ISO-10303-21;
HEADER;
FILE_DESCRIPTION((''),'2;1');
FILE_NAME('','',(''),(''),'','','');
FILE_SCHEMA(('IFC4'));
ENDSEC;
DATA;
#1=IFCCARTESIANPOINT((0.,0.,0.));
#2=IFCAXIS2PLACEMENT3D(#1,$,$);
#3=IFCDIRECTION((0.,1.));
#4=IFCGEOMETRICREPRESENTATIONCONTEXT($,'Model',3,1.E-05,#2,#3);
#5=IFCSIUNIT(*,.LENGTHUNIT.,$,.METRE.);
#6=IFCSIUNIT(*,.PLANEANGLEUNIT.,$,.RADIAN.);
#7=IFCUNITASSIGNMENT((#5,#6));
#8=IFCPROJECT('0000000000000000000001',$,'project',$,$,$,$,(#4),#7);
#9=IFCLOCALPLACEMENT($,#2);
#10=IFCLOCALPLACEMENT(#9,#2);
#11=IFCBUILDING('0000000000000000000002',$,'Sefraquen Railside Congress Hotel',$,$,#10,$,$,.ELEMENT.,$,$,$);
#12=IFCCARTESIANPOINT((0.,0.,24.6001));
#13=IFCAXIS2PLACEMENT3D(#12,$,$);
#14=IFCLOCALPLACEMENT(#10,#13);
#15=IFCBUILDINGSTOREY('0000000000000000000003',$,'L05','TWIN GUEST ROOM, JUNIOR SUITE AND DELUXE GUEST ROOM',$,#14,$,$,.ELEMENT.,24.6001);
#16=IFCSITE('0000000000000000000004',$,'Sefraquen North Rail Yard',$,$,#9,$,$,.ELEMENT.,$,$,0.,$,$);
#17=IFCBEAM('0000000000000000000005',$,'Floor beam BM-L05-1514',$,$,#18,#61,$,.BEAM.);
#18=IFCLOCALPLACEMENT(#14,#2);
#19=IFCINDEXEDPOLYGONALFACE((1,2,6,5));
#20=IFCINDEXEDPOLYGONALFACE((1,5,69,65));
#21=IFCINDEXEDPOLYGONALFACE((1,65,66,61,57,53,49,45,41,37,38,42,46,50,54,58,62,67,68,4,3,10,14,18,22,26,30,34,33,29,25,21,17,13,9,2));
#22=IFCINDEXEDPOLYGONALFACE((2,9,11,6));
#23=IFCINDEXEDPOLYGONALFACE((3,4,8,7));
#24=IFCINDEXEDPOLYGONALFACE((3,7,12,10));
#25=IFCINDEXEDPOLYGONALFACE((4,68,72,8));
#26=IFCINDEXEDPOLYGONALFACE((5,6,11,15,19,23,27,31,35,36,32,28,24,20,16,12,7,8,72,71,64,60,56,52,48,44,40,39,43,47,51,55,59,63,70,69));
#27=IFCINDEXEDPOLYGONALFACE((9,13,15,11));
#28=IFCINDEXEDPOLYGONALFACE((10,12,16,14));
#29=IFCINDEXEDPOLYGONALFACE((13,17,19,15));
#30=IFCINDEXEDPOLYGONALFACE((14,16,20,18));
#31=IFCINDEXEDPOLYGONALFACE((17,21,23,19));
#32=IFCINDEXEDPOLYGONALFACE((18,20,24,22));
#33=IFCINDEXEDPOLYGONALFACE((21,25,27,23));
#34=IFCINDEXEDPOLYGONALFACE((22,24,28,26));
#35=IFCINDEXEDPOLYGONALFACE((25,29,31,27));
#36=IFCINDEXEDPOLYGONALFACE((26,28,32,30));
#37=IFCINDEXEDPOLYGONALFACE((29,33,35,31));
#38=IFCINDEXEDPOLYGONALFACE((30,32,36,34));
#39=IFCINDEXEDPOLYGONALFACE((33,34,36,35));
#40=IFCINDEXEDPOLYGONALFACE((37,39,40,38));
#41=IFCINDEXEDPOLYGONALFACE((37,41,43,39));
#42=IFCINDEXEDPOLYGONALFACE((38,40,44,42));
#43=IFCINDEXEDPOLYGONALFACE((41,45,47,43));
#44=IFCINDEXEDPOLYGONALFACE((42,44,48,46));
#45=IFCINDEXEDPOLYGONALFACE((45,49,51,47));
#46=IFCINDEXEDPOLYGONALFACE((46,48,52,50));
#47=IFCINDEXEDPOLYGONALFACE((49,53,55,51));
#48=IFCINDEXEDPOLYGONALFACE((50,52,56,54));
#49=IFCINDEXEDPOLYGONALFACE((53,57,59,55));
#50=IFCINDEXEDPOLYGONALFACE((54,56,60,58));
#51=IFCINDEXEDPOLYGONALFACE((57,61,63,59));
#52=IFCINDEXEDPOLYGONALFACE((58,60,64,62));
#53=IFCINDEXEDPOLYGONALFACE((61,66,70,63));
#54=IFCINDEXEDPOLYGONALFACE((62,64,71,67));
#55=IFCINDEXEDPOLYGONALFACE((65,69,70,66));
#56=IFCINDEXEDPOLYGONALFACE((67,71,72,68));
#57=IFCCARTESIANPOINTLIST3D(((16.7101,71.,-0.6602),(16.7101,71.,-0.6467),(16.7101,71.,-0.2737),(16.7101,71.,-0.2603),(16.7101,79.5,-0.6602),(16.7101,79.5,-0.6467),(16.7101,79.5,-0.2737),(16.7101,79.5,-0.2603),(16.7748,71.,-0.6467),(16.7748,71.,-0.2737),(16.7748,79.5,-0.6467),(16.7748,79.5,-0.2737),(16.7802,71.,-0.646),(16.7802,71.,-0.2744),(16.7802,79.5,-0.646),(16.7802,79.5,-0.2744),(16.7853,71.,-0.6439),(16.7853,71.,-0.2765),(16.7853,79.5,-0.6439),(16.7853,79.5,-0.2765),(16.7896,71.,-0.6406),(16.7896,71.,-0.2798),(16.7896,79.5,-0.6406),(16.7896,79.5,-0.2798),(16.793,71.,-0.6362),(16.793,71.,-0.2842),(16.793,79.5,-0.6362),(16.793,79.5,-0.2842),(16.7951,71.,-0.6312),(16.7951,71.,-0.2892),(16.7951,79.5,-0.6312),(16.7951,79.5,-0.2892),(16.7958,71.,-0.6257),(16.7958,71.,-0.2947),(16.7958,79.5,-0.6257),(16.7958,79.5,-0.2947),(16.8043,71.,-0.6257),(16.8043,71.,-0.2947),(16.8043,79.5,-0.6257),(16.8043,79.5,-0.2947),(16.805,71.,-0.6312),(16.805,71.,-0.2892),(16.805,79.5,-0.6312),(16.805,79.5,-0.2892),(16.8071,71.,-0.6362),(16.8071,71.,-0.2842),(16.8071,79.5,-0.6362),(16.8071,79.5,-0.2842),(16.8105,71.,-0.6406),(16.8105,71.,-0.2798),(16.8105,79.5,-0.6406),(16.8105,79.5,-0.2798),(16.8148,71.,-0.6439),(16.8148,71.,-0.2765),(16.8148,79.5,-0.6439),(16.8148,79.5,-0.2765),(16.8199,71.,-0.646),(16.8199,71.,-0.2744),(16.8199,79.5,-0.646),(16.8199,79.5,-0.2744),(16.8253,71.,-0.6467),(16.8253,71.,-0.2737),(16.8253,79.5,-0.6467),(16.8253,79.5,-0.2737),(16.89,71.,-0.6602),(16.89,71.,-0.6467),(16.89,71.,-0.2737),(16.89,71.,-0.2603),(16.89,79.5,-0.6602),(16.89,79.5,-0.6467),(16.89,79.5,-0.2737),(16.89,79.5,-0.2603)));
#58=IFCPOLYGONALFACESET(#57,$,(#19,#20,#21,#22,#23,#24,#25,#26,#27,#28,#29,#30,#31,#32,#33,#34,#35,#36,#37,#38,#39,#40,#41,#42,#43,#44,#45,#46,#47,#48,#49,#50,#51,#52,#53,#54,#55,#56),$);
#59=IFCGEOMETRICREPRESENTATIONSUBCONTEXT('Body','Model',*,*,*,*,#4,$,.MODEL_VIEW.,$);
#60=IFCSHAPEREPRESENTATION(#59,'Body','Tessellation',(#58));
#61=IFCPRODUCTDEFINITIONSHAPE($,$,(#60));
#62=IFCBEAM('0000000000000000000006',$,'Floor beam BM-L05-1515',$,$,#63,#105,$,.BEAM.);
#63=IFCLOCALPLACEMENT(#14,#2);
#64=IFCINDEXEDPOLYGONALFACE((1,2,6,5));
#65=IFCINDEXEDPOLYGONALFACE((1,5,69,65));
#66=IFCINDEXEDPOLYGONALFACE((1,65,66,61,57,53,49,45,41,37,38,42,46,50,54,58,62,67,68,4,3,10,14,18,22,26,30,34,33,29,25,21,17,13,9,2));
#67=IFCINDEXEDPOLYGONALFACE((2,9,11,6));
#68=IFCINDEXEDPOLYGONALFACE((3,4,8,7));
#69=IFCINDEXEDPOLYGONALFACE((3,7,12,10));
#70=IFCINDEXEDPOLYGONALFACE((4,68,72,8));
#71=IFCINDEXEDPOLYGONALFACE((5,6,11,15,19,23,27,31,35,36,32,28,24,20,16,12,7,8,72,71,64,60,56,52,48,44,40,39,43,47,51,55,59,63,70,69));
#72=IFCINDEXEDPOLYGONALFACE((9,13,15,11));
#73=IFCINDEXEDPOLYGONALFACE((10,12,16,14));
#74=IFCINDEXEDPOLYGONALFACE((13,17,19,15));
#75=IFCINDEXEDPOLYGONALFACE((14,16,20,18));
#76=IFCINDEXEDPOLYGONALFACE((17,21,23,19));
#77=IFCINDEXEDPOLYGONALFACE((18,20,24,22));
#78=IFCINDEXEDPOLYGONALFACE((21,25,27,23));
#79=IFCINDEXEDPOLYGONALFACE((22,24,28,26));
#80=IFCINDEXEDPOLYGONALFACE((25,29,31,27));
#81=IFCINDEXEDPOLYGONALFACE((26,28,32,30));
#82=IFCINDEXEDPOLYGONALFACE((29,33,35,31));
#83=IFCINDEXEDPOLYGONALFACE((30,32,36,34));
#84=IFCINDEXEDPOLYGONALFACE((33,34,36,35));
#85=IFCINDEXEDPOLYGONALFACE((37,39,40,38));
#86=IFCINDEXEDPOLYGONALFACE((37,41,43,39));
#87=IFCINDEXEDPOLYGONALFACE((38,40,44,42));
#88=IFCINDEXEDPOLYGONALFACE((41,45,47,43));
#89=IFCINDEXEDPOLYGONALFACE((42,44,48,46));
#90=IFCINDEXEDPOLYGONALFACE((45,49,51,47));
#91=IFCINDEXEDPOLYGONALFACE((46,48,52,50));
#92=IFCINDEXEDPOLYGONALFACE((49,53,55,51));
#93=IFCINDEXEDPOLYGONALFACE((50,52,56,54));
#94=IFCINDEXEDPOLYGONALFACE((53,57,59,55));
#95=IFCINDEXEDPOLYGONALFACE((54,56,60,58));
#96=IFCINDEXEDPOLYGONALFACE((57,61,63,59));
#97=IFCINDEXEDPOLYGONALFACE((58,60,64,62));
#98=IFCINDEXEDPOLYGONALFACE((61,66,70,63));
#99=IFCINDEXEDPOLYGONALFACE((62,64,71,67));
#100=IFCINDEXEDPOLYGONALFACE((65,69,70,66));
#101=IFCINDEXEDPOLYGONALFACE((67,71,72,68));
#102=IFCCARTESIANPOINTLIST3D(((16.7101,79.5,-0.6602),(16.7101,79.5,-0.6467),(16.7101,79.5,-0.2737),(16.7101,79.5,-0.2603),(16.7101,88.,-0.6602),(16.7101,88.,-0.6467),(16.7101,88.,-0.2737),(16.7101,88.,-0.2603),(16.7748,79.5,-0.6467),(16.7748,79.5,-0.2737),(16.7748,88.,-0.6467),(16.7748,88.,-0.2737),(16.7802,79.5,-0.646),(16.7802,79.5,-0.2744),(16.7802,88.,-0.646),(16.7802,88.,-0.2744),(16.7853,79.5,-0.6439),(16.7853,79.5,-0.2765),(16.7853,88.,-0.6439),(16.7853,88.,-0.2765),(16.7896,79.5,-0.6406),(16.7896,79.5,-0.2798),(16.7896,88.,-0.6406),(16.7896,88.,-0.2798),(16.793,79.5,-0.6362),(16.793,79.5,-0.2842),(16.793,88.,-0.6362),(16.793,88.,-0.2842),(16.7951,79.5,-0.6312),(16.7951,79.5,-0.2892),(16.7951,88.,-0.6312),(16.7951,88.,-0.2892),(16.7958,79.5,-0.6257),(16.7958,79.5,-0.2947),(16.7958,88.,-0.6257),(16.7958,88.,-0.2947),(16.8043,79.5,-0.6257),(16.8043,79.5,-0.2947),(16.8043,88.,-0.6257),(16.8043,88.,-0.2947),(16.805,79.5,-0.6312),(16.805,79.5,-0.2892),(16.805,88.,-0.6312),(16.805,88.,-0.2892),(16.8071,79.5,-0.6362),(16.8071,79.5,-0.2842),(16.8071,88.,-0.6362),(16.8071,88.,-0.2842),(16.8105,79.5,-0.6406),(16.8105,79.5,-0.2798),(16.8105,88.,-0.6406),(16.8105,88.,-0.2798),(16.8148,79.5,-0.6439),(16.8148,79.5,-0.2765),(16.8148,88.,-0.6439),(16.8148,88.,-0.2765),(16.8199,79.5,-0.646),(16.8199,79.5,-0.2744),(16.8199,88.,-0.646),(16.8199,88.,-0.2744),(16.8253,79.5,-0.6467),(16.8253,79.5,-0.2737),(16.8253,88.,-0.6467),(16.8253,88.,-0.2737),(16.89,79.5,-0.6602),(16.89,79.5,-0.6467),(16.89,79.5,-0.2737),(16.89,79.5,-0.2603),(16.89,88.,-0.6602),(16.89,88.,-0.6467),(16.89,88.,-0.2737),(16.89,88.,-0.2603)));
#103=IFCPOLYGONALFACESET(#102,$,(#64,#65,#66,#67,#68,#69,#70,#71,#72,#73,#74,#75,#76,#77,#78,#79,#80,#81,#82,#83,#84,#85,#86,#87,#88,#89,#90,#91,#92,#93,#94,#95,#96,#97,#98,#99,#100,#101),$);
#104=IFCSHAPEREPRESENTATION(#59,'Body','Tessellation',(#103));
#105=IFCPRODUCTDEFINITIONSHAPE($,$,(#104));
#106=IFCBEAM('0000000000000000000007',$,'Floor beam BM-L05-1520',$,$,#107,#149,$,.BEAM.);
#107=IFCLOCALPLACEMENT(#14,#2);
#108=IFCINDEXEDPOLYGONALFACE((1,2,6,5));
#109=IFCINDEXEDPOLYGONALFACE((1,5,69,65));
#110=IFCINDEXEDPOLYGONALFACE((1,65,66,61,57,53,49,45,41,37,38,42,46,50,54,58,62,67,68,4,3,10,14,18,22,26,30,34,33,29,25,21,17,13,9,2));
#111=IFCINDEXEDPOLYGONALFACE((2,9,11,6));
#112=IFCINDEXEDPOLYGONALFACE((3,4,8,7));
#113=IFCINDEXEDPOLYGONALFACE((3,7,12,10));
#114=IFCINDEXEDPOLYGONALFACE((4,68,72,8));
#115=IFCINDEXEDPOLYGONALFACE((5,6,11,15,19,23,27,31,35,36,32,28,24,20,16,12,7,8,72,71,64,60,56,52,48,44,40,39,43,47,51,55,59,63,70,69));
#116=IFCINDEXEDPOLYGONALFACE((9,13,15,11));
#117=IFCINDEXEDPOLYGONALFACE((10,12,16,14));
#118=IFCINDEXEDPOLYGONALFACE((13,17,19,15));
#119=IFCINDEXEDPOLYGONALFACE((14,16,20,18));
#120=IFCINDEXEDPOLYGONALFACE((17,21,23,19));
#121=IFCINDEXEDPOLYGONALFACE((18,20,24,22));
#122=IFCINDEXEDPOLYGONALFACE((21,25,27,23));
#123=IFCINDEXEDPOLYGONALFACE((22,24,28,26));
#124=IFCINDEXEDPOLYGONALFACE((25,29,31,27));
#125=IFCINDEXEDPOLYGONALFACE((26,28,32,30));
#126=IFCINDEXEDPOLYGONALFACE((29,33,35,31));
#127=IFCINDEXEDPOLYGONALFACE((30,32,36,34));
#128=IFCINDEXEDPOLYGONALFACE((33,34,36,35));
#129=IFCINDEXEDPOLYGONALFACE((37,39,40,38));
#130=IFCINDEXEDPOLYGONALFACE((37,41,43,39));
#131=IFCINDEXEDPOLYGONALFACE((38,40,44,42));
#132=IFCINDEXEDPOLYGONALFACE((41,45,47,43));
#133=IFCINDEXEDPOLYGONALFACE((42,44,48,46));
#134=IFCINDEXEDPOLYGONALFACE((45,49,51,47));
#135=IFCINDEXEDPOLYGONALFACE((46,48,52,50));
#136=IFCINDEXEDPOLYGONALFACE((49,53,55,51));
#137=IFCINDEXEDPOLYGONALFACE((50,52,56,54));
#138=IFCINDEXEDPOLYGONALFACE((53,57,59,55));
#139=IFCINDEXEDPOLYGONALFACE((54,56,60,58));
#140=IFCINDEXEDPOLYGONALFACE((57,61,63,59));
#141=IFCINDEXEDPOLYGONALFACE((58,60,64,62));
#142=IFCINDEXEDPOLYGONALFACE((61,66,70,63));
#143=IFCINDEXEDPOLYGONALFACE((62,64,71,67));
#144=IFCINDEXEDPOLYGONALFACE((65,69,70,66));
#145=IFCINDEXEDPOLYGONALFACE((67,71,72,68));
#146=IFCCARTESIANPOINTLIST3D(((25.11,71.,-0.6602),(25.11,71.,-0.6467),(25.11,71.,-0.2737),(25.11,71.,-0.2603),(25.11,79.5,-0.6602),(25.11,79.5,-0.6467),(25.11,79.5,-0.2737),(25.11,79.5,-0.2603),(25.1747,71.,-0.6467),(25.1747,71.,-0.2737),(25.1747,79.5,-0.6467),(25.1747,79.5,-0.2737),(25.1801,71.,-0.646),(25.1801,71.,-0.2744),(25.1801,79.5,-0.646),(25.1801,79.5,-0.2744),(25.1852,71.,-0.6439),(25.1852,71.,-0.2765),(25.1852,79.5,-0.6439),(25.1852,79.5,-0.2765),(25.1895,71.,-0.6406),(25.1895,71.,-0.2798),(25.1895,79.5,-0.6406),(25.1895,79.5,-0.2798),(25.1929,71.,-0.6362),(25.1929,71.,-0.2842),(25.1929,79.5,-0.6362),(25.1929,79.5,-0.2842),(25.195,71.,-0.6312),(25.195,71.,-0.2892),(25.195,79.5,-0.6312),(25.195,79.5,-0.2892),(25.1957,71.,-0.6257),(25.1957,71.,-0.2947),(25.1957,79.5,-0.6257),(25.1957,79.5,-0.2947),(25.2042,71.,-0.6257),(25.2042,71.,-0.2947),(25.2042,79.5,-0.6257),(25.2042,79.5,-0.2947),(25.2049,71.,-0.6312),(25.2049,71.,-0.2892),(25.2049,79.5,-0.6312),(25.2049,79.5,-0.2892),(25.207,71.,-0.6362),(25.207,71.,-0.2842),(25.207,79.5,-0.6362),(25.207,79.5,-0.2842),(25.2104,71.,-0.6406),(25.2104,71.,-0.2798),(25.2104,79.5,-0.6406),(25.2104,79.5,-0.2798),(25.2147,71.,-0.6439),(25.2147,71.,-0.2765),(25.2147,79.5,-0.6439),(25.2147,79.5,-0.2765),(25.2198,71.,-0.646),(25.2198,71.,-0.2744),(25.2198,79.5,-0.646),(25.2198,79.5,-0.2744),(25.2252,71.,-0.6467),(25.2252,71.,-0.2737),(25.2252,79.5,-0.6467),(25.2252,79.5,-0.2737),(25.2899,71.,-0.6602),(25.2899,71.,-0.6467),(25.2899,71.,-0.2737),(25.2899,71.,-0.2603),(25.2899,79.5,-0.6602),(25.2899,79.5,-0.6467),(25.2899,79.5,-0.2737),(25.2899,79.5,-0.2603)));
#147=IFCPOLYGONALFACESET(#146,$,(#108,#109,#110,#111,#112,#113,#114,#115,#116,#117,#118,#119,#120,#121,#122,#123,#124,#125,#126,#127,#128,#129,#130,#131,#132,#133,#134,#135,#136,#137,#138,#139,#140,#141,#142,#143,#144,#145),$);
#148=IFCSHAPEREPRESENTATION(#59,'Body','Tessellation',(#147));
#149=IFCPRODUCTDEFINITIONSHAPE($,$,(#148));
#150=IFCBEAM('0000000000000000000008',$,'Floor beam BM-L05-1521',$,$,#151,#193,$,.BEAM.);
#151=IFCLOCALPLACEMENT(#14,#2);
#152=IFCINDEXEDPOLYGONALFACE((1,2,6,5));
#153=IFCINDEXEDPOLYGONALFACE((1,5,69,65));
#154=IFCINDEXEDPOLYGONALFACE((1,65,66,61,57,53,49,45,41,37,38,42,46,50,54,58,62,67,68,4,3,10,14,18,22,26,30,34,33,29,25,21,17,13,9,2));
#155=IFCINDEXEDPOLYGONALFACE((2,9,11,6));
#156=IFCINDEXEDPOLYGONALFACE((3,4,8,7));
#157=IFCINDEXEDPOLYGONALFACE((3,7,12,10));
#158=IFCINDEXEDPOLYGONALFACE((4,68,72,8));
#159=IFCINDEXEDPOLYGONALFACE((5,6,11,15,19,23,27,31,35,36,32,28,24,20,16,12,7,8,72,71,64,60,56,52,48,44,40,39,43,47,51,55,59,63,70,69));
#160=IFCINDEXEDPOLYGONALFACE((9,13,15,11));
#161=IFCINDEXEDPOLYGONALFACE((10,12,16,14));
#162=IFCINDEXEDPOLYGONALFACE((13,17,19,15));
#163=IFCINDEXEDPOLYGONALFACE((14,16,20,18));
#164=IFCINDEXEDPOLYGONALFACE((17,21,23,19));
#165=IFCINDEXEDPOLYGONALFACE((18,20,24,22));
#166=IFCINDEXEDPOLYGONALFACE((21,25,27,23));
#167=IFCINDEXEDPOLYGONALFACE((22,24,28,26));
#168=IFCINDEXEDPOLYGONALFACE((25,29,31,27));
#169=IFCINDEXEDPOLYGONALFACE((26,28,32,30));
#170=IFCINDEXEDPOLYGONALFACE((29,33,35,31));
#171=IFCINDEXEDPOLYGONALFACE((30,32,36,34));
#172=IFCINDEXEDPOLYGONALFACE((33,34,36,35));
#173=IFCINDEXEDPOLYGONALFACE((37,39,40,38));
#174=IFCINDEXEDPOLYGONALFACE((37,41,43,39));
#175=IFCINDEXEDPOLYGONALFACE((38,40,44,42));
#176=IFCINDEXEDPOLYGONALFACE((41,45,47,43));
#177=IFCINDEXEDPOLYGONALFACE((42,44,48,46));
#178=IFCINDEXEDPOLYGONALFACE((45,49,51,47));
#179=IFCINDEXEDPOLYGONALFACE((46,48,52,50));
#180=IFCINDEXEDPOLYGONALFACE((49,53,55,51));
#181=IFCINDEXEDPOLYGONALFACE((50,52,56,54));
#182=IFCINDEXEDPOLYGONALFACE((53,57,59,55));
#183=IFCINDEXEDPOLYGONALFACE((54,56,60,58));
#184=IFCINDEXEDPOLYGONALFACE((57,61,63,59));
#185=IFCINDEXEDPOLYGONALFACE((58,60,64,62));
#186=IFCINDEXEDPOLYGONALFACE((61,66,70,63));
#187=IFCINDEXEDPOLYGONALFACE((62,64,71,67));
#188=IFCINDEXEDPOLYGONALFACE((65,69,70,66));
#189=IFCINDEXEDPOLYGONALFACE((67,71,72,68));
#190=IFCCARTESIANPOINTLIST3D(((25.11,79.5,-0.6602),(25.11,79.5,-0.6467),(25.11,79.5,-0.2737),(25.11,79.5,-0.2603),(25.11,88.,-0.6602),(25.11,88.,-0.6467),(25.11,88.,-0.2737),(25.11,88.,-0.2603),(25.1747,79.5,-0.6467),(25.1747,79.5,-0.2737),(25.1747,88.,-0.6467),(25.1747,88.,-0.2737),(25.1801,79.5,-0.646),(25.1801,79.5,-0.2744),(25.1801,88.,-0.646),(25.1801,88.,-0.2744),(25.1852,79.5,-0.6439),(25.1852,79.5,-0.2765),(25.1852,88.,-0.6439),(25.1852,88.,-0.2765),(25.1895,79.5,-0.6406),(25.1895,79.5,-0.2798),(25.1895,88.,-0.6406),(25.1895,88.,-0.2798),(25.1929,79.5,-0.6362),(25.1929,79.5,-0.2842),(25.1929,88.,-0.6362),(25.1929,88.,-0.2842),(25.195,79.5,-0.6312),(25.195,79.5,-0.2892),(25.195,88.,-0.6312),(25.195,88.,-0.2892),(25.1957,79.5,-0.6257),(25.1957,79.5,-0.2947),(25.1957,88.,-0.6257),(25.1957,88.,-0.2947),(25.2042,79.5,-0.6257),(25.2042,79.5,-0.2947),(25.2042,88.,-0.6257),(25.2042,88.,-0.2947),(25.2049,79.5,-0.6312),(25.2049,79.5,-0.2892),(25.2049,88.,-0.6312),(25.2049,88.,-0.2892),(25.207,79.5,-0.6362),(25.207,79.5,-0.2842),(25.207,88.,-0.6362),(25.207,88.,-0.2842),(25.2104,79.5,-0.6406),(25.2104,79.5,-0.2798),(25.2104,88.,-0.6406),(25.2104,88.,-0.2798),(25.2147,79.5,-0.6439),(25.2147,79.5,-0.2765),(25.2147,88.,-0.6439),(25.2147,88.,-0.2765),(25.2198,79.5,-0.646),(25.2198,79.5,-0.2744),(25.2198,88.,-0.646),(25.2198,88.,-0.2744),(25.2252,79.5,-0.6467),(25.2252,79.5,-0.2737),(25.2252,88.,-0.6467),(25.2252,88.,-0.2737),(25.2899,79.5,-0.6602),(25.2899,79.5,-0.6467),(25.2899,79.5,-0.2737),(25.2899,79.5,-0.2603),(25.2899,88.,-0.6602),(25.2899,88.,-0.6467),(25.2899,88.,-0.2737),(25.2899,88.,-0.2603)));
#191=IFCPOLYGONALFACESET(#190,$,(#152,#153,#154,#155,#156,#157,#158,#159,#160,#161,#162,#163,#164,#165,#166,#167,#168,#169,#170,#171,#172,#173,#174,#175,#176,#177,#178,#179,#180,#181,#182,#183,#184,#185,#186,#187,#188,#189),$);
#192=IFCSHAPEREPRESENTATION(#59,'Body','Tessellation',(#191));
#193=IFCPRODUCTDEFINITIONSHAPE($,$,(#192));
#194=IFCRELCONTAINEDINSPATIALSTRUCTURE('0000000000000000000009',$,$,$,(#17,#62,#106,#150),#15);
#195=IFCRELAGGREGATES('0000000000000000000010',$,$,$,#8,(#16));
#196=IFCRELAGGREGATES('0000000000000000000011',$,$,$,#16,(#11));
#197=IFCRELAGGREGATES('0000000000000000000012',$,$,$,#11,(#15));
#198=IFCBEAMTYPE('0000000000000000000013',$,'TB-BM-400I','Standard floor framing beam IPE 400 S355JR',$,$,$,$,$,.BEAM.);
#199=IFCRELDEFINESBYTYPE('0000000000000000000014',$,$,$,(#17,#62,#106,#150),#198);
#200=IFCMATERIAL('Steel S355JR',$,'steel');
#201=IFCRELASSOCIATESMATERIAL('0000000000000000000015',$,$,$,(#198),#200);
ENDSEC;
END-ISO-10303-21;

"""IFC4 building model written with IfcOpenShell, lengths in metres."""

from ifc_helpers import new_model, si_unit, direction, frame, origin, origin_2d, place, context, subcontext, project, spatial, i_section, extrude, material, material_profile, profile_set, type_object, element, save


model = new_model("IFC4")

# Units and contexts
model_context = context("Model", 3, precision=1e-05, world=origin(), true_north=direction((0.0, 1.0)))
body_context = subcontext(model_context, "Body", "Model", "MODEL_VIEW")
ifc_project = project(units=[si_unit("LENGTHUNIT", "METRE"), si_unit("PLANEANGLEUNIT", "RADIAN")], contexts=[model_context])

# Site, building, storey
site_placement = place(None, origin())
site = spatial("IfcSite", under=ifc_project, at=site_placement, Name="Sefraquen North Rail Yard", CompositionType="ELEMENT", RefElevation=0.0)
building_placement = place(site_placement, origin())
building = spatial("IfcBuilding", under=site, at=building_placement, Name="Sefraquen Railside Congress Hotel", CompositionType="ELEMENT")
storey_placement = place(building_placement, frame((0.0, 0.0, 24.6001)))
storey = spatial("IfcBuildingStorey", under=building, at=storey_placement, Name="L05", Description="TWIN GUEST ROOM, JUNIOR SUITE AND DELUXE GUEST ROOM", CompositionType="ELEMENT", Elevation=24.6001)

# Shared definitions
ifc_material_1 = material(Name="Steel S355JR", Category="steel")

# Beams
ifc_material_profile_1 = material_profile(ifc_material_1, i_section(OverallWidth=0.1799, OverallDepth=0.3999, WebThickness=0.0085, FlangeThickness=0.0134, FilletRadius=0.021, at=origin_2d()), Name="IPE 400")
ifc_profile_set_1 = profile_set([ifc_material_profile_1], Name="Steel S355JR")
beam_type_1 = type_object("IfcBeamType", Name="TB-BM-400I", Description="Standard floor framing beam IPE 400 S355JR", PredefinedType="BEAM", material=ifc_profile_set_1)
for number, where, z_axis, x_axis, name in (
    (1, (16.8, 71.0, -0.4602), (0.0, 1.0, 0.0), (-1.0, 0.0, 0.0), "Floor beam BM-L05-1514"),
    (2, (16.8, 79.5, -0.4602), (0.0, 1.0, 0.0), (-1.0, 0.0, 0.0), "Floor beam BM-L05-1515"),
    (3, (25.2, 71.0, -0.4602), (0.0, 1.0, 0.0), (-1.0, 0.0, 0.0), "Floor beam BM-L05-1520"),
    (4, (25.2, 79.5, -0.4602), (0.0, 1.0, 0.0), (-1.0, 0.0, 0.0), "Floor beam BM-L05-1521"),
):
    element("IfcBeam", number, at=place(storey_placement, frame(where, z_axis=z_axis, x_axis=x_axis)), inside=storey, type_object=beam_type_1, Name=name, PredefinedType="BEAM", context=body_context, shape_type="SweptSolid", body=[
        extrude(i_section(OverallWidth=0.1799, OverallDepth=0.3999, WebThickness=0.0085, FlangeThickness=0.0134, FilletRadius=0.021, at=origin_2d()), origin(), (0.0, 0.0, 1.0), 8.5),
    ])

save(model, "model.ifc")
